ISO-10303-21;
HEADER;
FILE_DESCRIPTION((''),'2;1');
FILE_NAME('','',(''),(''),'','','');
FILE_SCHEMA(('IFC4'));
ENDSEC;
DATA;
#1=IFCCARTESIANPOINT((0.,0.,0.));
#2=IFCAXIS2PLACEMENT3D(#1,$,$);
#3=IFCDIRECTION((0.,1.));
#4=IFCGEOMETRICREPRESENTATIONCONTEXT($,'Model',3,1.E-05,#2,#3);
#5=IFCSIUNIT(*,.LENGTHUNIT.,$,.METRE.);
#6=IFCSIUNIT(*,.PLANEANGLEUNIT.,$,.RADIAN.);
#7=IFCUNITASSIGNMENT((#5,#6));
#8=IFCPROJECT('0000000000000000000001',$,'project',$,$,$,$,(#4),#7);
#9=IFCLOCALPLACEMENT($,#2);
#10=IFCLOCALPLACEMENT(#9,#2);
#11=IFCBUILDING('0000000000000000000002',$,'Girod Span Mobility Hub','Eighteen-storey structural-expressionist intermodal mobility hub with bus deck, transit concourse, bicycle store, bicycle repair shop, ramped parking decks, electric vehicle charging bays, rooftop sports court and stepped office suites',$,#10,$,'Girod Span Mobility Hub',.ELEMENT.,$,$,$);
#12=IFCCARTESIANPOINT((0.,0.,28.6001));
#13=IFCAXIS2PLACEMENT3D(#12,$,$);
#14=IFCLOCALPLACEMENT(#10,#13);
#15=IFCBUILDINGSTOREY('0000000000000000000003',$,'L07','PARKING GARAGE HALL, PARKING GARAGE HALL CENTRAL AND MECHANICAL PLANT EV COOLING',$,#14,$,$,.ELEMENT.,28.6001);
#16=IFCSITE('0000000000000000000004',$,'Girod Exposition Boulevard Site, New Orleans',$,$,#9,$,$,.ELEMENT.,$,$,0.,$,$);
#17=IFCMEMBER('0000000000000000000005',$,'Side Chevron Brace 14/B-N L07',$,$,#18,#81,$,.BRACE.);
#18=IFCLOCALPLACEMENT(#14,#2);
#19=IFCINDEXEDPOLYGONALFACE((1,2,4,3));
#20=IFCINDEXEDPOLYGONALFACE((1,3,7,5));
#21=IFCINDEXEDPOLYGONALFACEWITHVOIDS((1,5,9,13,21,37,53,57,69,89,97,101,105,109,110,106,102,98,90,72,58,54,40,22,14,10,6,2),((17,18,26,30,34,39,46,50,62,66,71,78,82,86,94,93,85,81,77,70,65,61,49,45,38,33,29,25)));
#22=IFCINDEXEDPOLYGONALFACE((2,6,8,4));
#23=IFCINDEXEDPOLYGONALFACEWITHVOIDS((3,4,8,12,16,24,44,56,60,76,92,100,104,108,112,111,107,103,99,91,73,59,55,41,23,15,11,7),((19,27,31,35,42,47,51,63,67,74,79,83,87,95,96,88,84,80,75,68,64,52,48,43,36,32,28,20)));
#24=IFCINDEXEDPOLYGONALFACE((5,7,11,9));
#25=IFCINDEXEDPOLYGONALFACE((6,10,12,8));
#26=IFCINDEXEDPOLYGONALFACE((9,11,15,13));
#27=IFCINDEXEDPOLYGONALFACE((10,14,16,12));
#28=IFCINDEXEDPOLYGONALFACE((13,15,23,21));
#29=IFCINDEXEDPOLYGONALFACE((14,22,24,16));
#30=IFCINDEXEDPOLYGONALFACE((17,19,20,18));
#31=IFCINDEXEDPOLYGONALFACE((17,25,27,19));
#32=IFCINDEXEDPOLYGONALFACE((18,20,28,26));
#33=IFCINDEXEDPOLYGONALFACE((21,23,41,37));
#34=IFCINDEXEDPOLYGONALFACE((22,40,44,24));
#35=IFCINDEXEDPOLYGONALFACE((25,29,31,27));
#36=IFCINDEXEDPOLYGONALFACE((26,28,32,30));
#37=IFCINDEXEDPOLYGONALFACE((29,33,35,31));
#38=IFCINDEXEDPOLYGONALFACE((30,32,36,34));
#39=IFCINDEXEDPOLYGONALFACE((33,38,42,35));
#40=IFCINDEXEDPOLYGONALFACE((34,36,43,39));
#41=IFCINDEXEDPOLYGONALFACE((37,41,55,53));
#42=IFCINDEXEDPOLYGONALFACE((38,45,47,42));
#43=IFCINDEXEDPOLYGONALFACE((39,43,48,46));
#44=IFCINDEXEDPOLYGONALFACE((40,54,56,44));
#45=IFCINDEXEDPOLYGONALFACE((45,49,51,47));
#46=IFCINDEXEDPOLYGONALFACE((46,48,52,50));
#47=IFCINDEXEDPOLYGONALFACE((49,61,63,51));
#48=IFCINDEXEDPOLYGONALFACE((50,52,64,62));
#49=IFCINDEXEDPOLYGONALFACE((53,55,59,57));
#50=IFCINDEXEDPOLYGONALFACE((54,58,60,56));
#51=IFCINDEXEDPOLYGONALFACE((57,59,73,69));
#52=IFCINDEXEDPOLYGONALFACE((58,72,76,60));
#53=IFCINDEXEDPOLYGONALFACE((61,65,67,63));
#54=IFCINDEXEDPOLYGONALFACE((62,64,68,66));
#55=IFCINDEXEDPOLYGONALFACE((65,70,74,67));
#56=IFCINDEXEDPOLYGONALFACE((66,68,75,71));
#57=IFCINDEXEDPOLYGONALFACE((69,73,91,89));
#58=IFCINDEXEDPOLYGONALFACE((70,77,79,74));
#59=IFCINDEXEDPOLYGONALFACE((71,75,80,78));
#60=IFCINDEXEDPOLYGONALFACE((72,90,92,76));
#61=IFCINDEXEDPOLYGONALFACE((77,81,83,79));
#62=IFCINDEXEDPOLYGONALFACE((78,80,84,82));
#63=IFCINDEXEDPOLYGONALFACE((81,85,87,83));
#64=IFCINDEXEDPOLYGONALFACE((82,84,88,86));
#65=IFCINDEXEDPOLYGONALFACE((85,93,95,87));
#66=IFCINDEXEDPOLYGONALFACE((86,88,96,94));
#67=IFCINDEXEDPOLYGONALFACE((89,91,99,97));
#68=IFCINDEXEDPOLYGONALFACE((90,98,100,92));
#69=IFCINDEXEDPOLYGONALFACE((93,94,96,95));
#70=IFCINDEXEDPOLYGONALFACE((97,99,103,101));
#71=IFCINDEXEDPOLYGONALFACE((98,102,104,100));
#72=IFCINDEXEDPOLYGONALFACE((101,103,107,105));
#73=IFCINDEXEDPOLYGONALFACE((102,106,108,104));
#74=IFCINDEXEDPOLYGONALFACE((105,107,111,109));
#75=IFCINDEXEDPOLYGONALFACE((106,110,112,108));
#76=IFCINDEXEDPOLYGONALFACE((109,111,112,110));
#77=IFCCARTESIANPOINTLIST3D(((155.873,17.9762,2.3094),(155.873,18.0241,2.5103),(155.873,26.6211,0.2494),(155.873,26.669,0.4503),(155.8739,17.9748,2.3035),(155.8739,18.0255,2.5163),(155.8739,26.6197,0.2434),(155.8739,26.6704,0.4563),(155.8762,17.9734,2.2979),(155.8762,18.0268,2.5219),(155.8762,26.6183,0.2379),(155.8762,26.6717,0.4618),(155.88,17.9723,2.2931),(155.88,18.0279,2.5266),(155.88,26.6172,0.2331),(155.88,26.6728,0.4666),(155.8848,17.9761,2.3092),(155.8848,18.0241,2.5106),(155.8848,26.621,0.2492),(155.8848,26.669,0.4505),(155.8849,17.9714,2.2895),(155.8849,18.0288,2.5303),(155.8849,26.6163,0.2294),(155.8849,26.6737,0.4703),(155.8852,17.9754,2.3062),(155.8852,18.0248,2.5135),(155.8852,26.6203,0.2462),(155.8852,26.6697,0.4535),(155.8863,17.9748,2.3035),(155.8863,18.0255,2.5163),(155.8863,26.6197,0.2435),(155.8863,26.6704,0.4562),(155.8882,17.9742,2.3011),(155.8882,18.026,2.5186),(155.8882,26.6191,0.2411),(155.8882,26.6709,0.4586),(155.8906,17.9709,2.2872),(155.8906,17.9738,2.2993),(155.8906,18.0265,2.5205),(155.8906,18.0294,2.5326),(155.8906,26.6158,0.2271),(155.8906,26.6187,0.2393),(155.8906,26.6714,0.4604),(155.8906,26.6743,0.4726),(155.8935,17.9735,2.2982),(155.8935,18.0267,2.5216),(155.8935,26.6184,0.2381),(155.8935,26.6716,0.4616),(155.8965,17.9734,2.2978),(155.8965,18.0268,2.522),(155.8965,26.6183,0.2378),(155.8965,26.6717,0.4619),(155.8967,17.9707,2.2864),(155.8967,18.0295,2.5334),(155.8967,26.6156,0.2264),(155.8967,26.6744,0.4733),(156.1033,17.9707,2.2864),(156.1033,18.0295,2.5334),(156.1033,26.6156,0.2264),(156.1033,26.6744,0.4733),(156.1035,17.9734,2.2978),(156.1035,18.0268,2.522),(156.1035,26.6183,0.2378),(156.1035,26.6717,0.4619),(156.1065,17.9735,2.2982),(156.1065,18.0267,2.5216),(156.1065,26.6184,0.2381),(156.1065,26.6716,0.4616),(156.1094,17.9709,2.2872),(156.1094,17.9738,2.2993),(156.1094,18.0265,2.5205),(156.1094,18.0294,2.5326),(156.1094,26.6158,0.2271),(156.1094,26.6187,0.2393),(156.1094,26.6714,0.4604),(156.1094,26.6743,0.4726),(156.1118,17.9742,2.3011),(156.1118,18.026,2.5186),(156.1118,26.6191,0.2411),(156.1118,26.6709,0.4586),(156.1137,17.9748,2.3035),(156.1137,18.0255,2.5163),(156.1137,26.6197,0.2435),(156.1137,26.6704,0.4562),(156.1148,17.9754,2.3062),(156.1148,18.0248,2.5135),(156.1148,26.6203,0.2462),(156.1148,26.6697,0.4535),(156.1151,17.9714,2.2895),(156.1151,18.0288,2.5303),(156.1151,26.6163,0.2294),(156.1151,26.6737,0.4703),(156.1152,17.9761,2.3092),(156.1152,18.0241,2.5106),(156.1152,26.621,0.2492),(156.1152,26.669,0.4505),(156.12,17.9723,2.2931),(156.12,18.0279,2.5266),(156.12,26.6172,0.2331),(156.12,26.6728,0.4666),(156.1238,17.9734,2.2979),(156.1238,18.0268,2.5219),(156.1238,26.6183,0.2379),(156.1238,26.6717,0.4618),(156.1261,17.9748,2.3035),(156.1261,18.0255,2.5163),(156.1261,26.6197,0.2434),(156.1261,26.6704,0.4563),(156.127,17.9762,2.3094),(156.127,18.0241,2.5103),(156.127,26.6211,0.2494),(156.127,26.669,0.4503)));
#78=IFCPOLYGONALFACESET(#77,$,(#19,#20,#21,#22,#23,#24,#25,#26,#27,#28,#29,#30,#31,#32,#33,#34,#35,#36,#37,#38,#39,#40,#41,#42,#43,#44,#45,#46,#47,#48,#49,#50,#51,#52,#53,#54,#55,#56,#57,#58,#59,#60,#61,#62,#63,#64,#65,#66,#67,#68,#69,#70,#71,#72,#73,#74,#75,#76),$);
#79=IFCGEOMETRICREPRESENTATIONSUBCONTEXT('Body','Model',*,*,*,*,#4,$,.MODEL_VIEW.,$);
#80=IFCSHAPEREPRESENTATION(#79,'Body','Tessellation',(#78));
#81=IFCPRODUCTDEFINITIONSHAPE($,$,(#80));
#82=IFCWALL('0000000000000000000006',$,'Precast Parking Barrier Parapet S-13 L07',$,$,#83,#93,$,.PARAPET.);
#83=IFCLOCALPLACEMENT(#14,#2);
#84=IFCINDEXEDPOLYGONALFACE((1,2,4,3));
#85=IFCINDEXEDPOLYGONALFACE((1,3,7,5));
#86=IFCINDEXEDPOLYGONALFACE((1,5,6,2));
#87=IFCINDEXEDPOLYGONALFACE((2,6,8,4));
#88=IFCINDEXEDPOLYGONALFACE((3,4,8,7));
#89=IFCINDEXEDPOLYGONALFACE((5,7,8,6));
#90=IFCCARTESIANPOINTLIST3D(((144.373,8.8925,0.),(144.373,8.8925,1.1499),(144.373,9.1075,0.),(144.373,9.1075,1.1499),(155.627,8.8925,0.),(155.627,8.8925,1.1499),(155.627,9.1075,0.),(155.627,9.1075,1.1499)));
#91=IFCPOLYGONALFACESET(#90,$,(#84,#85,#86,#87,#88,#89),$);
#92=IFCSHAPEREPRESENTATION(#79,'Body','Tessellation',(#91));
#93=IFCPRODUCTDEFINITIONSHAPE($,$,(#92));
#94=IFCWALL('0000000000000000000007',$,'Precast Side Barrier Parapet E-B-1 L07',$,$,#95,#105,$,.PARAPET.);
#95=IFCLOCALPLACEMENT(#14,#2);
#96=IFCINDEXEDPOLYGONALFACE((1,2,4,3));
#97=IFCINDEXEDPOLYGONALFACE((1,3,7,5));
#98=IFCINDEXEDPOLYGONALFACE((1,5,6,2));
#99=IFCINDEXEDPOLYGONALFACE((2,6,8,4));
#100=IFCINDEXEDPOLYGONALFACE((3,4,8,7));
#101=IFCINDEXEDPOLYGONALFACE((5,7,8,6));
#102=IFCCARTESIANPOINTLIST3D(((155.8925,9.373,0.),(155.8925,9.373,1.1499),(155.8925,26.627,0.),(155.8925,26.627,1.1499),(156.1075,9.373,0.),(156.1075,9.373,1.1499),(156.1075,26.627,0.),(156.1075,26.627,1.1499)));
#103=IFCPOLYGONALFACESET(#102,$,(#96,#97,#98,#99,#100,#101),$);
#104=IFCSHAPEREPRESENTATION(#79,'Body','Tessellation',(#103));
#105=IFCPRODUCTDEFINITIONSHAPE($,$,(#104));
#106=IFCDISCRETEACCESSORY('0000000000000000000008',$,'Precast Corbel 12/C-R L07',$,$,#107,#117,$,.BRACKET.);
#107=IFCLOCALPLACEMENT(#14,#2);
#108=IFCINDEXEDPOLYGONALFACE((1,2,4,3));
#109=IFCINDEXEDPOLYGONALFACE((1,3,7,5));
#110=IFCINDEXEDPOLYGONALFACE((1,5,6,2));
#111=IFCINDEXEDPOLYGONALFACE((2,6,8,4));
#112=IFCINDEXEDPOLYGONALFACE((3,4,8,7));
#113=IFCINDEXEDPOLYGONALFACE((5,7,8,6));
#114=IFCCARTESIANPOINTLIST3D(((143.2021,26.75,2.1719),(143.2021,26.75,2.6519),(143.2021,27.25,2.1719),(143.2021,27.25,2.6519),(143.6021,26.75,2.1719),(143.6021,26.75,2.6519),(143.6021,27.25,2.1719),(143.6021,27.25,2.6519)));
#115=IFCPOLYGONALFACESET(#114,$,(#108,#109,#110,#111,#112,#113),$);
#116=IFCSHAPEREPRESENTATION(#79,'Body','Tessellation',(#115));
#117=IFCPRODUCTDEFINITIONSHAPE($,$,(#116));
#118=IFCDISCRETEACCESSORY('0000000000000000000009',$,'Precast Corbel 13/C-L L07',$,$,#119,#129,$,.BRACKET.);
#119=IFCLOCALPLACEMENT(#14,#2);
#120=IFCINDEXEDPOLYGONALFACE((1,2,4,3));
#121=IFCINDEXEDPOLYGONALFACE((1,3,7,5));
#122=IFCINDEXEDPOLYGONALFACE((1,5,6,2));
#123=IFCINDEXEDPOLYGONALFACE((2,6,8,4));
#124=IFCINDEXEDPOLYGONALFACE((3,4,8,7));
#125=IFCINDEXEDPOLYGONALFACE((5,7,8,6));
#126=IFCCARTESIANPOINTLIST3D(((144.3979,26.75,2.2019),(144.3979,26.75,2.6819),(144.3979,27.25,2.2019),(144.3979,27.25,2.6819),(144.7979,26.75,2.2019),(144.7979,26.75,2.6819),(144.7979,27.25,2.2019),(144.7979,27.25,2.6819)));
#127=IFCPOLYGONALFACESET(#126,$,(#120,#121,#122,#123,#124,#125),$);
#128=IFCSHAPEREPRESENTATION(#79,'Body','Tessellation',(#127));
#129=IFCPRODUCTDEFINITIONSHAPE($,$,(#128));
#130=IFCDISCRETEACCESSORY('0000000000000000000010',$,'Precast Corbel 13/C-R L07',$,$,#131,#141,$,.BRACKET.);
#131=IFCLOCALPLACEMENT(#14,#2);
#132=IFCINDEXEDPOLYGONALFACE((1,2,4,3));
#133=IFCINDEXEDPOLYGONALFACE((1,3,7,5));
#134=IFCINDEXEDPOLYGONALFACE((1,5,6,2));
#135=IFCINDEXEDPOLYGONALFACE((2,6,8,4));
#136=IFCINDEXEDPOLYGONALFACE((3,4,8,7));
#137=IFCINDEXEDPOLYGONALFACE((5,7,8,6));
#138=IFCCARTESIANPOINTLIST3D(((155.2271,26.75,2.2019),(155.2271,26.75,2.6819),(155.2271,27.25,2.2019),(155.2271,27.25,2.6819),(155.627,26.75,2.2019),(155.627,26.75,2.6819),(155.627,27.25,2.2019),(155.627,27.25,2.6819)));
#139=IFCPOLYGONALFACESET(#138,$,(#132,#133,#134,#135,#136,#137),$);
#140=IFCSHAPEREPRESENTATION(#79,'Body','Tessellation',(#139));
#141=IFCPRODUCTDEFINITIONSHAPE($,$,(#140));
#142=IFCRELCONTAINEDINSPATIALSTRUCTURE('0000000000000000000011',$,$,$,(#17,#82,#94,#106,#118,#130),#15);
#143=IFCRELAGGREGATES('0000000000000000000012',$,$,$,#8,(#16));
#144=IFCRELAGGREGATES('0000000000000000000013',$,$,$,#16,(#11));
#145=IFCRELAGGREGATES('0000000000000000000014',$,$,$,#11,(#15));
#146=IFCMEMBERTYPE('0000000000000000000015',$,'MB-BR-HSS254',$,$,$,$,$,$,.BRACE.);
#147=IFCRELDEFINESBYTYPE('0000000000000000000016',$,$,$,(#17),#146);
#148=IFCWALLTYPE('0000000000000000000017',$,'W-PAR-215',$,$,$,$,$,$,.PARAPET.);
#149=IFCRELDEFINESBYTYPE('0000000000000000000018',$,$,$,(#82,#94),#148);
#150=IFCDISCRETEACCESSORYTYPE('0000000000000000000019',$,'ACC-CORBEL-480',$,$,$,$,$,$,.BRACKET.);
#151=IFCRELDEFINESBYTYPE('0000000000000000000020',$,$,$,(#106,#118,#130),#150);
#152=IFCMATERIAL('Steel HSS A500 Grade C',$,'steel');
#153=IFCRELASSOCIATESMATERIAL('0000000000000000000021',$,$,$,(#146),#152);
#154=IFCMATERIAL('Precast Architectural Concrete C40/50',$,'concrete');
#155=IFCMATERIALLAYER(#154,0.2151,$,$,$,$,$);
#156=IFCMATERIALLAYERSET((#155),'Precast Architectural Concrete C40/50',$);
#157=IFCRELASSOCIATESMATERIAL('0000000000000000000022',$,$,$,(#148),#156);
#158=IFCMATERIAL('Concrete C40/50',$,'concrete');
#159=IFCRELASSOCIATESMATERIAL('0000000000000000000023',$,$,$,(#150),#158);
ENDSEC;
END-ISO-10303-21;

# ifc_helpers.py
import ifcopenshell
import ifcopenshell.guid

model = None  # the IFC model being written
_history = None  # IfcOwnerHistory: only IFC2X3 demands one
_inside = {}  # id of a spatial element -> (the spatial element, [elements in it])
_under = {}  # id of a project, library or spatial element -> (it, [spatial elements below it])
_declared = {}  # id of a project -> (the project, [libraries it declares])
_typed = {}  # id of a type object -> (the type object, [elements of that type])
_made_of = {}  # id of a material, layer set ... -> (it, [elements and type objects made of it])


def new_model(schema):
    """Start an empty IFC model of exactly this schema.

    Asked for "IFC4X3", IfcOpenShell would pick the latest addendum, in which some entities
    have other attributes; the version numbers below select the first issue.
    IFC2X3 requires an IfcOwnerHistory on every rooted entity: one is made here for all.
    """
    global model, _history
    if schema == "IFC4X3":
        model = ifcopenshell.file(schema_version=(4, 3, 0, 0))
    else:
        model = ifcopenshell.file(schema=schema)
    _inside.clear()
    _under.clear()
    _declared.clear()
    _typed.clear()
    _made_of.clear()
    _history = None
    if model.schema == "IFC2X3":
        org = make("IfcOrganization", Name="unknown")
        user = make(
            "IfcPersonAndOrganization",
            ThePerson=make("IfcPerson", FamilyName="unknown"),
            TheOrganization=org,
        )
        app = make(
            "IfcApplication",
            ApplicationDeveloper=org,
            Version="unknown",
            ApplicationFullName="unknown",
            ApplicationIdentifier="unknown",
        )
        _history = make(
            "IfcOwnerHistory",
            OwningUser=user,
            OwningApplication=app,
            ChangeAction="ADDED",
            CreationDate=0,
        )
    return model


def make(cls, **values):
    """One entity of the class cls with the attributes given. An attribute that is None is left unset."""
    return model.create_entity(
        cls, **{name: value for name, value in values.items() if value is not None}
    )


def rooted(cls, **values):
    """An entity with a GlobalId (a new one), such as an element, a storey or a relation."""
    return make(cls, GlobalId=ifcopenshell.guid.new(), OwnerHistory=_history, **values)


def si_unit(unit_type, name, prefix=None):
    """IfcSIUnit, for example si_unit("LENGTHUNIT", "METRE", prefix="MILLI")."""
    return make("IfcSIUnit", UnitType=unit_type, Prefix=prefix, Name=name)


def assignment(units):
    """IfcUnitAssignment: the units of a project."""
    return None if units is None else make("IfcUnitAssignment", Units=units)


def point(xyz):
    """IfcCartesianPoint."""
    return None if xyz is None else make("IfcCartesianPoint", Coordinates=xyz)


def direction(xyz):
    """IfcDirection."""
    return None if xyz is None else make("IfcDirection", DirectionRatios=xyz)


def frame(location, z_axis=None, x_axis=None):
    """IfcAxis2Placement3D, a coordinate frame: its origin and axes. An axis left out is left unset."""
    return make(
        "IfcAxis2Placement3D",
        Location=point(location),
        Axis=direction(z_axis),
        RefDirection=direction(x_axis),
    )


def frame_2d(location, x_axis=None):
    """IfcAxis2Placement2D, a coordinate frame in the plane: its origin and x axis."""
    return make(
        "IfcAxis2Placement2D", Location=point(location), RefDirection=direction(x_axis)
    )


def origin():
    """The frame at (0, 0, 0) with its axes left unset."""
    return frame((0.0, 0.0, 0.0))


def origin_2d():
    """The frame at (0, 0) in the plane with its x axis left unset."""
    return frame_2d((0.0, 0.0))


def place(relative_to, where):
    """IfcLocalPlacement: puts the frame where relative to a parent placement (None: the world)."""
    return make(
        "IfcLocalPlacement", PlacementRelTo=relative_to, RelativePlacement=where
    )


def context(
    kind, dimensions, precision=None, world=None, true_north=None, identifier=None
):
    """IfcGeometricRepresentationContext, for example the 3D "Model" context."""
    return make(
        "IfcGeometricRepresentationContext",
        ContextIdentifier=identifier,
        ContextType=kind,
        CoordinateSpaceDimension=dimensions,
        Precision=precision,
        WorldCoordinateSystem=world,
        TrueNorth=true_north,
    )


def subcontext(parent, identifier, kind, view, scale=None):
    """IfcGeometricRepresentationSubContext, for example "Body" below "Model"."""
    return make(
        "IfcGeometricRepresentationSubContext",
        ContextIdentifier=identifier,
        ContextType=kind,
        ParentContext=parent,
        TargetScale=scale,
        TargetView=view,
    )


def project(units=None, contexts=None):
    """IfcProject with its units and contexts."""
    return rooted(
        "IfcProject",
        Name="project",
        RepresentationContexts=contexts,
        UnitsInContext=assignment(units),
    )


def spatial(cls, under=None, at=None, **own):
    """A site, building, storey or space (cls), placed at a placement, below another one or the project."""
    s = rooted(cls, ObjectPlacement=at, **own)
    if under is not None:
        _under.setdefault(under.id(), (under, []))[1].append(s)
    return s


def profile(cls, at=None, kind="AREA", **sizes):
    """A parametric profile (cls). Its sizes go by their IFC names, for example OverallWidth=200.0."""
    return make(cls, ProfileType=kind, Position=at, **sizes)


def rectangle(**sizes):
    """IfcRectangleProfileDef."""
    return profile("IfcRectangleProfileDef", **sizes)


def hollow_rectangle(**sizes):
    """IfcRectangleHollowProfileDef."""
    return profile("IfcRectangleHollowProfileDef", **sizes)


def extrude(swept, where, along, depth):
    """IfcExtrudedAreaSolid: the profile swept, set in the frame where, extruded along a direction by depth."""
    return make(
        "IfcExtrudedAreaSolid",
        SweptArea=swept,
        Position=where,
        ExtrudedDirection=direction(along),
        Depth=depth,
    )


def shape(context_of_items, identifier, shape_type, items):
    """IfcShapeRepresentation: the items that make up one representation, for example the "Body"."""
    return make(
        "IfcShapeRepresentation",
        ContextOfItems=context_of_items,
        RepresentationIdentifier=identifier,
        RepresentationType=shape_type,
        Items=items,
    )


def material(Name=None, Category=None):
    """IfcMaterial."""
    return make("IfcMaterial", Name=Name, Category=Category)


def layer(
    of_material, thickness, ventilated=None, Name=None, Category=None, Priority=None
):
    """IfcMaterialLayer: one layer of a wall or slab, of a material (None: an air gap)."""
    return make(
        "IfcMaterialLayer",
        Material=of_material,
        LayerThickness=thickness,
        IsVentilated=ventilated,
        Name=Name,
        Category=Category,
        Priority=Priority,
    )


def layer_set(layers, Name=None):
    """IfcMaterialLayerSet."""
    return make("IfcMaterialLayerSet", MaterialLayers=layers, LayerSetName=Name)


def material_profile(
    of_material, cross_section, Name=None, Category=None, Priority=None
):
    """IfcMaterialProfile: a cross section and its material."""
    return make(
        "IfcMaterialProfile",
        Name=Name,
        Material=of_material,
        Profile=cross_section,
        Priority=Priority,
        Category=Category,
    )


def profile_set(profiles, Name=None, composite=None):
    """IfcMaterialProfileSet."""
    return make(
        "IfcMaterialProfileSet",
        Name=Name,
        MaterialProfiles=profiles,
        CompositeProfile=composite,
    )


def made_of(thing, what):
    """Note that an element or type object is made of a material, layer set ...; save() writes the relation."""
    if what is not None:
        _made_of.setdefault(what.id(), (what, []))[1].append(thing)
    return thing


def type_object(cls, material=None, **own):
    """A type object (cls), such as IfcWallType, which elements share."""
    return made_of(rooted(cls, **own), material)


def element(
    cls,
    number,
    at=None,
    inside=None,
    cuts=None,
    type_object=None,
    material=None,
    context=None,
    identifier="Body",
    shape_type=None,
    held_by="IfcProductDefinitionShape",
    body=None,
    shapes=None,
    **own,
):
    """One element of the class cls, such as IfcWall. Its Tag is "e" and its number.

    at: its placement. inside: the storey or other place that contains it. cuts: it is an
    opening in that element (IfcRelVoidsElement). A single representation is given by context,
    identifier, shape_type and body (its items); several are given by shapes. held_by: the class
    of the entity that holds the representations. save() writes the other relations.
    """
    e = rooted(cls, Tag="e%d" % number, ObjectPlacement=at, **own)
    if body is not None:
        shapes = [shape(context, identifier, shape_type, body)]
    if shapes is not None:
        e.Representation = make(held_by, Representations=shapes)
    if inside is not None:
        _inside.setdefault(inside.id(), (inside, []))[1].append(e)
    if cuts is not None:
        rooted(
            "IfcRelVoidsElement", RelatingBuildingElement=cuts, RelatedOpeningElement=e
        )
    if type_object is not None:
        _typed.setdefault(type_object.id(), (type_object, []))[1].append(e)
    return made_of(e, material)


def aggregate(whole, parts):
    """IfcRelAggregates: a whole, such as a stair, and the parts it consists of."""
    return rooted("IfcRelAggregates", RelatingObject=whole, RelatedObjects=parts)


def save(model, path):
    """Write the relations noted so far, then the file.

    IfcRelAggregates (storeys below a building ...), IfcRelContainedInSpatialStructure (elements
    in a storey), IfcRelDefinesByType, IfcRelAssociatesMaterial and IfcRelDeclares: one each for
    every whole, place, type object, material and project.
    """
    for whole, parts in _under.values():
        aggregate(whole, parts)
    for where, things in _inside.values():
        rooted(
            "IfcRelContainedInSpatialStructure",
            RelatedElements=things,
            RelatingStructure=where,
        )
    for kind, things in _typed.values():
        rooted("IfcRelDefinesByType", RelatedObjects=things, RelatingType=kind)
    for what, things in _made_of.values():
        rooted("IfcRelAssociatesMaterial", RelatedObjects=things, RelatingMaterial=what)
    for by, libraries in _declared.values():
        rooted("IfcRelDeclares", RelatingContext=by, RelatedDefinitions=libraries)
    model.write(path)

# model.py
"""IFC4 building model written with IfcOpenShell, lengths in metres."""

from ifc_helpers import new_model, si_unit, direction, frame, frame_2d, origin, origin_2d, place, context, subcontext, project, spatial, rectangle, hollow_rectangle, extrude, material, layer, layer_set, material_profile, profile_set, type_object, element, save


model = new_model("IFC4")

# Units and contexts
model_context = context("Model", 3, precision=1e-05, world=origin(), true_north=direction((0.0, 1.0)))
body_context = subcontext(model_context, "Body", "Model", "MODEL_VIEW")
ifc_project = project(units=[si_unit("LENGTHUNIT", "METRE"), si_unit("PLANEANGLEUNIT", "RADIAN")], contexts=[model_context])

# Site, building, storey
site_placement = place(None, origin())
site = spatial("IfcSite", under=ifc_project, at=site_placement, Name="Girod Exposition Boulevard Site, New Orleans", CompositionType="ELEMENT", RefElevation=0.0)
building_placement = place(site_placement, origin())
building = spatial("IfcBuilding", under=site, at=building_placement, Name="Girod Span Mobility Hub", Description="Eighteen-storey structural-expressionist intermodal mobility hub with bus deck, transit concourse, bicycle store, bicycle repair shop, ramped parking decks, electric vehicle charging bays, rooftop sports court and stepped office suites", LongName="Girod Span Mobility Hub", CompositionType="ELEMENT")
storey_placement = place(building_placement, frame((0.0, 0.0, 28.6001)))
storey = spatial("IfcBuildingStorey", under=building, at=storey_placement, Name="L07", Description="PARKING GARAGE HALL, PARKING GARAGE HALL CENTRAL AND MECHANICAL PLANT EV COOLING", CompositionType="ELEMENT", Elevation=28.6001)

# Member
ifc_material_1 = material(Name="Steel HSS A500 Grade C", Category="steel")
ifc_material_profile_1 = material_profile(ifc_material_1, hollow_rectangle(XDim=0.2539, YDim=0.2539, WallThickness=0.0117, InnerFilletRadius=0.0117, OuterFilletRadius=0.0237, at=origin_2d()), Name="HSS254X254X12.7")
ifc_profile_set_1 = profile_set([ifc_material_profile_1], Name="Steel HSS A500 Grade C")
member_type = type_object("IfcMemberType", Name="MB-BR-HSS254", PredefinedType="BRACE", material=ifc_profile_set_1)
for number, where, z_axis, x_axis, name in (
    (1, (156.0, 26.645, 0.3499), (0.0, -0.972763, 0.231804), (1.0, 0.0, 0.0), "Side Chevron Brace 14/B-N L07"),
):
    element("IfcMember", number, at=place(storey_placement, frame(where, z_axis=z_axis, x_axis=x_axis)), inside=storey, type_object=member_type, Name=name, PredefinedType="BRACE", context=body_context, shape_type="SweptSolid", body=[
        extrude(hollow_rectangle(XDim=0.2539, YDim=0.2539, WallThickness=0.0117, InnerFilletRadius=0.0117, OuterFilletRadius=0.0237, at=origin_2d()), origin(), (0.0, 0.0, 1.0), 8.887),
    ])

# Walls
ifc_material_2 = material(Name="Precast Architectural Concrete C40/50", Category="concrete")
ifc_layer = layer(ifc_material_2, 0.2151)
ifc_layer_set = layer_set([ifc_layer], Name="Precast Architectural Concrete C40/50")
wall_type = type_object("IfcWallType", Name="W-PAR-215", PredefinedType="PARAPET", material=ifc_layer_set)
wall_1_placement = place(storey_placement, frame((144.373, 9.0, 0.0), z_axis=(0.0, 0.0, 1.0), x_axis=(1.0, 0.0, 0.0)))
element("IfcWall", 2, at=wall_1_placement, inside=storey, type_object=wall_type, Name="Precast Parking Barrier Parapet S-13 L07", PredefinedType="PARAPET", context=body_context, shape_type="SweptSolid", body=[
    extrude(rectangle(XDim=11.2539, YDim=0.2151, at=frame_2d((5.627, 0.0))), origin(), (0.0, 0.0, 1.0), 1.1499),
])
wall_2_placement = place(storey_placement, frame((156.0, 9.373, 0.0), z_axis=(0.0, 0.0, 1.0), x_axis=(0.0, 1.0, 0.0)))
element("IfcWall", 3, at=wall_2_placement, inside=storey, type_object=wall_type, Name="Precast Side Barrier Parapet E-B-1 L07", PredefinedType="PARAPET", context=body_context, shape_type="SweptSolid", body=[
    extrude(rectangle(XDim=17.2539, YDim=0.2151, at=frame_2d((8.627, 0.0))), origin(), (0.0, 0.0, 1.0), 1.1499),
])

# Discrete accessories
ifc_material_3 = material(Name="Concrete C40/50", Category="concrete")
discrete_accessory_type = type_object("IfcDiscreteAccessoryType", Name="ACC-CORBEL-480", PredefinedType="BRACKET", material=ifc_material_3)
for number, where, z_axis, x_axis, name in (
    (4, (143.4021, 27.0, 2.1719), (0.0, 0.0, 1.0), (1.0, 0.0, 0.0), "Precast Corbel 12/C-R L07"),
    (5, (144.5979, 27.0, 2.2019), (0.0, 0.0, 1.0), (1.0, 0.0, 0.0), "Precast Corbel 13/C-L L07"),
    (6, (155.427, 27.0, 2.2019), (0.0, 0.0, 1.0), (1.0, 0.0, 0.0), "Precast Corbel 13/C-R L07"),
):
    element("IfcDiscreteAccessory", number, at=place(storey_placement, frame(where, z_axis=z_axis, x_axis=x_axis)), inside=storey, type_object=discrete_accessory_type, Name=name, PredefinedType="BRACKET", context=body_context, shape_type="SweptSolid", body=[
        extrude(rectangle(XDim=0.3999, YDim=0.5, at=origin_2d()), origin(), (0.0, 0.0, 1.0), 0.48),
    ])

save(model, "model.ifc")
